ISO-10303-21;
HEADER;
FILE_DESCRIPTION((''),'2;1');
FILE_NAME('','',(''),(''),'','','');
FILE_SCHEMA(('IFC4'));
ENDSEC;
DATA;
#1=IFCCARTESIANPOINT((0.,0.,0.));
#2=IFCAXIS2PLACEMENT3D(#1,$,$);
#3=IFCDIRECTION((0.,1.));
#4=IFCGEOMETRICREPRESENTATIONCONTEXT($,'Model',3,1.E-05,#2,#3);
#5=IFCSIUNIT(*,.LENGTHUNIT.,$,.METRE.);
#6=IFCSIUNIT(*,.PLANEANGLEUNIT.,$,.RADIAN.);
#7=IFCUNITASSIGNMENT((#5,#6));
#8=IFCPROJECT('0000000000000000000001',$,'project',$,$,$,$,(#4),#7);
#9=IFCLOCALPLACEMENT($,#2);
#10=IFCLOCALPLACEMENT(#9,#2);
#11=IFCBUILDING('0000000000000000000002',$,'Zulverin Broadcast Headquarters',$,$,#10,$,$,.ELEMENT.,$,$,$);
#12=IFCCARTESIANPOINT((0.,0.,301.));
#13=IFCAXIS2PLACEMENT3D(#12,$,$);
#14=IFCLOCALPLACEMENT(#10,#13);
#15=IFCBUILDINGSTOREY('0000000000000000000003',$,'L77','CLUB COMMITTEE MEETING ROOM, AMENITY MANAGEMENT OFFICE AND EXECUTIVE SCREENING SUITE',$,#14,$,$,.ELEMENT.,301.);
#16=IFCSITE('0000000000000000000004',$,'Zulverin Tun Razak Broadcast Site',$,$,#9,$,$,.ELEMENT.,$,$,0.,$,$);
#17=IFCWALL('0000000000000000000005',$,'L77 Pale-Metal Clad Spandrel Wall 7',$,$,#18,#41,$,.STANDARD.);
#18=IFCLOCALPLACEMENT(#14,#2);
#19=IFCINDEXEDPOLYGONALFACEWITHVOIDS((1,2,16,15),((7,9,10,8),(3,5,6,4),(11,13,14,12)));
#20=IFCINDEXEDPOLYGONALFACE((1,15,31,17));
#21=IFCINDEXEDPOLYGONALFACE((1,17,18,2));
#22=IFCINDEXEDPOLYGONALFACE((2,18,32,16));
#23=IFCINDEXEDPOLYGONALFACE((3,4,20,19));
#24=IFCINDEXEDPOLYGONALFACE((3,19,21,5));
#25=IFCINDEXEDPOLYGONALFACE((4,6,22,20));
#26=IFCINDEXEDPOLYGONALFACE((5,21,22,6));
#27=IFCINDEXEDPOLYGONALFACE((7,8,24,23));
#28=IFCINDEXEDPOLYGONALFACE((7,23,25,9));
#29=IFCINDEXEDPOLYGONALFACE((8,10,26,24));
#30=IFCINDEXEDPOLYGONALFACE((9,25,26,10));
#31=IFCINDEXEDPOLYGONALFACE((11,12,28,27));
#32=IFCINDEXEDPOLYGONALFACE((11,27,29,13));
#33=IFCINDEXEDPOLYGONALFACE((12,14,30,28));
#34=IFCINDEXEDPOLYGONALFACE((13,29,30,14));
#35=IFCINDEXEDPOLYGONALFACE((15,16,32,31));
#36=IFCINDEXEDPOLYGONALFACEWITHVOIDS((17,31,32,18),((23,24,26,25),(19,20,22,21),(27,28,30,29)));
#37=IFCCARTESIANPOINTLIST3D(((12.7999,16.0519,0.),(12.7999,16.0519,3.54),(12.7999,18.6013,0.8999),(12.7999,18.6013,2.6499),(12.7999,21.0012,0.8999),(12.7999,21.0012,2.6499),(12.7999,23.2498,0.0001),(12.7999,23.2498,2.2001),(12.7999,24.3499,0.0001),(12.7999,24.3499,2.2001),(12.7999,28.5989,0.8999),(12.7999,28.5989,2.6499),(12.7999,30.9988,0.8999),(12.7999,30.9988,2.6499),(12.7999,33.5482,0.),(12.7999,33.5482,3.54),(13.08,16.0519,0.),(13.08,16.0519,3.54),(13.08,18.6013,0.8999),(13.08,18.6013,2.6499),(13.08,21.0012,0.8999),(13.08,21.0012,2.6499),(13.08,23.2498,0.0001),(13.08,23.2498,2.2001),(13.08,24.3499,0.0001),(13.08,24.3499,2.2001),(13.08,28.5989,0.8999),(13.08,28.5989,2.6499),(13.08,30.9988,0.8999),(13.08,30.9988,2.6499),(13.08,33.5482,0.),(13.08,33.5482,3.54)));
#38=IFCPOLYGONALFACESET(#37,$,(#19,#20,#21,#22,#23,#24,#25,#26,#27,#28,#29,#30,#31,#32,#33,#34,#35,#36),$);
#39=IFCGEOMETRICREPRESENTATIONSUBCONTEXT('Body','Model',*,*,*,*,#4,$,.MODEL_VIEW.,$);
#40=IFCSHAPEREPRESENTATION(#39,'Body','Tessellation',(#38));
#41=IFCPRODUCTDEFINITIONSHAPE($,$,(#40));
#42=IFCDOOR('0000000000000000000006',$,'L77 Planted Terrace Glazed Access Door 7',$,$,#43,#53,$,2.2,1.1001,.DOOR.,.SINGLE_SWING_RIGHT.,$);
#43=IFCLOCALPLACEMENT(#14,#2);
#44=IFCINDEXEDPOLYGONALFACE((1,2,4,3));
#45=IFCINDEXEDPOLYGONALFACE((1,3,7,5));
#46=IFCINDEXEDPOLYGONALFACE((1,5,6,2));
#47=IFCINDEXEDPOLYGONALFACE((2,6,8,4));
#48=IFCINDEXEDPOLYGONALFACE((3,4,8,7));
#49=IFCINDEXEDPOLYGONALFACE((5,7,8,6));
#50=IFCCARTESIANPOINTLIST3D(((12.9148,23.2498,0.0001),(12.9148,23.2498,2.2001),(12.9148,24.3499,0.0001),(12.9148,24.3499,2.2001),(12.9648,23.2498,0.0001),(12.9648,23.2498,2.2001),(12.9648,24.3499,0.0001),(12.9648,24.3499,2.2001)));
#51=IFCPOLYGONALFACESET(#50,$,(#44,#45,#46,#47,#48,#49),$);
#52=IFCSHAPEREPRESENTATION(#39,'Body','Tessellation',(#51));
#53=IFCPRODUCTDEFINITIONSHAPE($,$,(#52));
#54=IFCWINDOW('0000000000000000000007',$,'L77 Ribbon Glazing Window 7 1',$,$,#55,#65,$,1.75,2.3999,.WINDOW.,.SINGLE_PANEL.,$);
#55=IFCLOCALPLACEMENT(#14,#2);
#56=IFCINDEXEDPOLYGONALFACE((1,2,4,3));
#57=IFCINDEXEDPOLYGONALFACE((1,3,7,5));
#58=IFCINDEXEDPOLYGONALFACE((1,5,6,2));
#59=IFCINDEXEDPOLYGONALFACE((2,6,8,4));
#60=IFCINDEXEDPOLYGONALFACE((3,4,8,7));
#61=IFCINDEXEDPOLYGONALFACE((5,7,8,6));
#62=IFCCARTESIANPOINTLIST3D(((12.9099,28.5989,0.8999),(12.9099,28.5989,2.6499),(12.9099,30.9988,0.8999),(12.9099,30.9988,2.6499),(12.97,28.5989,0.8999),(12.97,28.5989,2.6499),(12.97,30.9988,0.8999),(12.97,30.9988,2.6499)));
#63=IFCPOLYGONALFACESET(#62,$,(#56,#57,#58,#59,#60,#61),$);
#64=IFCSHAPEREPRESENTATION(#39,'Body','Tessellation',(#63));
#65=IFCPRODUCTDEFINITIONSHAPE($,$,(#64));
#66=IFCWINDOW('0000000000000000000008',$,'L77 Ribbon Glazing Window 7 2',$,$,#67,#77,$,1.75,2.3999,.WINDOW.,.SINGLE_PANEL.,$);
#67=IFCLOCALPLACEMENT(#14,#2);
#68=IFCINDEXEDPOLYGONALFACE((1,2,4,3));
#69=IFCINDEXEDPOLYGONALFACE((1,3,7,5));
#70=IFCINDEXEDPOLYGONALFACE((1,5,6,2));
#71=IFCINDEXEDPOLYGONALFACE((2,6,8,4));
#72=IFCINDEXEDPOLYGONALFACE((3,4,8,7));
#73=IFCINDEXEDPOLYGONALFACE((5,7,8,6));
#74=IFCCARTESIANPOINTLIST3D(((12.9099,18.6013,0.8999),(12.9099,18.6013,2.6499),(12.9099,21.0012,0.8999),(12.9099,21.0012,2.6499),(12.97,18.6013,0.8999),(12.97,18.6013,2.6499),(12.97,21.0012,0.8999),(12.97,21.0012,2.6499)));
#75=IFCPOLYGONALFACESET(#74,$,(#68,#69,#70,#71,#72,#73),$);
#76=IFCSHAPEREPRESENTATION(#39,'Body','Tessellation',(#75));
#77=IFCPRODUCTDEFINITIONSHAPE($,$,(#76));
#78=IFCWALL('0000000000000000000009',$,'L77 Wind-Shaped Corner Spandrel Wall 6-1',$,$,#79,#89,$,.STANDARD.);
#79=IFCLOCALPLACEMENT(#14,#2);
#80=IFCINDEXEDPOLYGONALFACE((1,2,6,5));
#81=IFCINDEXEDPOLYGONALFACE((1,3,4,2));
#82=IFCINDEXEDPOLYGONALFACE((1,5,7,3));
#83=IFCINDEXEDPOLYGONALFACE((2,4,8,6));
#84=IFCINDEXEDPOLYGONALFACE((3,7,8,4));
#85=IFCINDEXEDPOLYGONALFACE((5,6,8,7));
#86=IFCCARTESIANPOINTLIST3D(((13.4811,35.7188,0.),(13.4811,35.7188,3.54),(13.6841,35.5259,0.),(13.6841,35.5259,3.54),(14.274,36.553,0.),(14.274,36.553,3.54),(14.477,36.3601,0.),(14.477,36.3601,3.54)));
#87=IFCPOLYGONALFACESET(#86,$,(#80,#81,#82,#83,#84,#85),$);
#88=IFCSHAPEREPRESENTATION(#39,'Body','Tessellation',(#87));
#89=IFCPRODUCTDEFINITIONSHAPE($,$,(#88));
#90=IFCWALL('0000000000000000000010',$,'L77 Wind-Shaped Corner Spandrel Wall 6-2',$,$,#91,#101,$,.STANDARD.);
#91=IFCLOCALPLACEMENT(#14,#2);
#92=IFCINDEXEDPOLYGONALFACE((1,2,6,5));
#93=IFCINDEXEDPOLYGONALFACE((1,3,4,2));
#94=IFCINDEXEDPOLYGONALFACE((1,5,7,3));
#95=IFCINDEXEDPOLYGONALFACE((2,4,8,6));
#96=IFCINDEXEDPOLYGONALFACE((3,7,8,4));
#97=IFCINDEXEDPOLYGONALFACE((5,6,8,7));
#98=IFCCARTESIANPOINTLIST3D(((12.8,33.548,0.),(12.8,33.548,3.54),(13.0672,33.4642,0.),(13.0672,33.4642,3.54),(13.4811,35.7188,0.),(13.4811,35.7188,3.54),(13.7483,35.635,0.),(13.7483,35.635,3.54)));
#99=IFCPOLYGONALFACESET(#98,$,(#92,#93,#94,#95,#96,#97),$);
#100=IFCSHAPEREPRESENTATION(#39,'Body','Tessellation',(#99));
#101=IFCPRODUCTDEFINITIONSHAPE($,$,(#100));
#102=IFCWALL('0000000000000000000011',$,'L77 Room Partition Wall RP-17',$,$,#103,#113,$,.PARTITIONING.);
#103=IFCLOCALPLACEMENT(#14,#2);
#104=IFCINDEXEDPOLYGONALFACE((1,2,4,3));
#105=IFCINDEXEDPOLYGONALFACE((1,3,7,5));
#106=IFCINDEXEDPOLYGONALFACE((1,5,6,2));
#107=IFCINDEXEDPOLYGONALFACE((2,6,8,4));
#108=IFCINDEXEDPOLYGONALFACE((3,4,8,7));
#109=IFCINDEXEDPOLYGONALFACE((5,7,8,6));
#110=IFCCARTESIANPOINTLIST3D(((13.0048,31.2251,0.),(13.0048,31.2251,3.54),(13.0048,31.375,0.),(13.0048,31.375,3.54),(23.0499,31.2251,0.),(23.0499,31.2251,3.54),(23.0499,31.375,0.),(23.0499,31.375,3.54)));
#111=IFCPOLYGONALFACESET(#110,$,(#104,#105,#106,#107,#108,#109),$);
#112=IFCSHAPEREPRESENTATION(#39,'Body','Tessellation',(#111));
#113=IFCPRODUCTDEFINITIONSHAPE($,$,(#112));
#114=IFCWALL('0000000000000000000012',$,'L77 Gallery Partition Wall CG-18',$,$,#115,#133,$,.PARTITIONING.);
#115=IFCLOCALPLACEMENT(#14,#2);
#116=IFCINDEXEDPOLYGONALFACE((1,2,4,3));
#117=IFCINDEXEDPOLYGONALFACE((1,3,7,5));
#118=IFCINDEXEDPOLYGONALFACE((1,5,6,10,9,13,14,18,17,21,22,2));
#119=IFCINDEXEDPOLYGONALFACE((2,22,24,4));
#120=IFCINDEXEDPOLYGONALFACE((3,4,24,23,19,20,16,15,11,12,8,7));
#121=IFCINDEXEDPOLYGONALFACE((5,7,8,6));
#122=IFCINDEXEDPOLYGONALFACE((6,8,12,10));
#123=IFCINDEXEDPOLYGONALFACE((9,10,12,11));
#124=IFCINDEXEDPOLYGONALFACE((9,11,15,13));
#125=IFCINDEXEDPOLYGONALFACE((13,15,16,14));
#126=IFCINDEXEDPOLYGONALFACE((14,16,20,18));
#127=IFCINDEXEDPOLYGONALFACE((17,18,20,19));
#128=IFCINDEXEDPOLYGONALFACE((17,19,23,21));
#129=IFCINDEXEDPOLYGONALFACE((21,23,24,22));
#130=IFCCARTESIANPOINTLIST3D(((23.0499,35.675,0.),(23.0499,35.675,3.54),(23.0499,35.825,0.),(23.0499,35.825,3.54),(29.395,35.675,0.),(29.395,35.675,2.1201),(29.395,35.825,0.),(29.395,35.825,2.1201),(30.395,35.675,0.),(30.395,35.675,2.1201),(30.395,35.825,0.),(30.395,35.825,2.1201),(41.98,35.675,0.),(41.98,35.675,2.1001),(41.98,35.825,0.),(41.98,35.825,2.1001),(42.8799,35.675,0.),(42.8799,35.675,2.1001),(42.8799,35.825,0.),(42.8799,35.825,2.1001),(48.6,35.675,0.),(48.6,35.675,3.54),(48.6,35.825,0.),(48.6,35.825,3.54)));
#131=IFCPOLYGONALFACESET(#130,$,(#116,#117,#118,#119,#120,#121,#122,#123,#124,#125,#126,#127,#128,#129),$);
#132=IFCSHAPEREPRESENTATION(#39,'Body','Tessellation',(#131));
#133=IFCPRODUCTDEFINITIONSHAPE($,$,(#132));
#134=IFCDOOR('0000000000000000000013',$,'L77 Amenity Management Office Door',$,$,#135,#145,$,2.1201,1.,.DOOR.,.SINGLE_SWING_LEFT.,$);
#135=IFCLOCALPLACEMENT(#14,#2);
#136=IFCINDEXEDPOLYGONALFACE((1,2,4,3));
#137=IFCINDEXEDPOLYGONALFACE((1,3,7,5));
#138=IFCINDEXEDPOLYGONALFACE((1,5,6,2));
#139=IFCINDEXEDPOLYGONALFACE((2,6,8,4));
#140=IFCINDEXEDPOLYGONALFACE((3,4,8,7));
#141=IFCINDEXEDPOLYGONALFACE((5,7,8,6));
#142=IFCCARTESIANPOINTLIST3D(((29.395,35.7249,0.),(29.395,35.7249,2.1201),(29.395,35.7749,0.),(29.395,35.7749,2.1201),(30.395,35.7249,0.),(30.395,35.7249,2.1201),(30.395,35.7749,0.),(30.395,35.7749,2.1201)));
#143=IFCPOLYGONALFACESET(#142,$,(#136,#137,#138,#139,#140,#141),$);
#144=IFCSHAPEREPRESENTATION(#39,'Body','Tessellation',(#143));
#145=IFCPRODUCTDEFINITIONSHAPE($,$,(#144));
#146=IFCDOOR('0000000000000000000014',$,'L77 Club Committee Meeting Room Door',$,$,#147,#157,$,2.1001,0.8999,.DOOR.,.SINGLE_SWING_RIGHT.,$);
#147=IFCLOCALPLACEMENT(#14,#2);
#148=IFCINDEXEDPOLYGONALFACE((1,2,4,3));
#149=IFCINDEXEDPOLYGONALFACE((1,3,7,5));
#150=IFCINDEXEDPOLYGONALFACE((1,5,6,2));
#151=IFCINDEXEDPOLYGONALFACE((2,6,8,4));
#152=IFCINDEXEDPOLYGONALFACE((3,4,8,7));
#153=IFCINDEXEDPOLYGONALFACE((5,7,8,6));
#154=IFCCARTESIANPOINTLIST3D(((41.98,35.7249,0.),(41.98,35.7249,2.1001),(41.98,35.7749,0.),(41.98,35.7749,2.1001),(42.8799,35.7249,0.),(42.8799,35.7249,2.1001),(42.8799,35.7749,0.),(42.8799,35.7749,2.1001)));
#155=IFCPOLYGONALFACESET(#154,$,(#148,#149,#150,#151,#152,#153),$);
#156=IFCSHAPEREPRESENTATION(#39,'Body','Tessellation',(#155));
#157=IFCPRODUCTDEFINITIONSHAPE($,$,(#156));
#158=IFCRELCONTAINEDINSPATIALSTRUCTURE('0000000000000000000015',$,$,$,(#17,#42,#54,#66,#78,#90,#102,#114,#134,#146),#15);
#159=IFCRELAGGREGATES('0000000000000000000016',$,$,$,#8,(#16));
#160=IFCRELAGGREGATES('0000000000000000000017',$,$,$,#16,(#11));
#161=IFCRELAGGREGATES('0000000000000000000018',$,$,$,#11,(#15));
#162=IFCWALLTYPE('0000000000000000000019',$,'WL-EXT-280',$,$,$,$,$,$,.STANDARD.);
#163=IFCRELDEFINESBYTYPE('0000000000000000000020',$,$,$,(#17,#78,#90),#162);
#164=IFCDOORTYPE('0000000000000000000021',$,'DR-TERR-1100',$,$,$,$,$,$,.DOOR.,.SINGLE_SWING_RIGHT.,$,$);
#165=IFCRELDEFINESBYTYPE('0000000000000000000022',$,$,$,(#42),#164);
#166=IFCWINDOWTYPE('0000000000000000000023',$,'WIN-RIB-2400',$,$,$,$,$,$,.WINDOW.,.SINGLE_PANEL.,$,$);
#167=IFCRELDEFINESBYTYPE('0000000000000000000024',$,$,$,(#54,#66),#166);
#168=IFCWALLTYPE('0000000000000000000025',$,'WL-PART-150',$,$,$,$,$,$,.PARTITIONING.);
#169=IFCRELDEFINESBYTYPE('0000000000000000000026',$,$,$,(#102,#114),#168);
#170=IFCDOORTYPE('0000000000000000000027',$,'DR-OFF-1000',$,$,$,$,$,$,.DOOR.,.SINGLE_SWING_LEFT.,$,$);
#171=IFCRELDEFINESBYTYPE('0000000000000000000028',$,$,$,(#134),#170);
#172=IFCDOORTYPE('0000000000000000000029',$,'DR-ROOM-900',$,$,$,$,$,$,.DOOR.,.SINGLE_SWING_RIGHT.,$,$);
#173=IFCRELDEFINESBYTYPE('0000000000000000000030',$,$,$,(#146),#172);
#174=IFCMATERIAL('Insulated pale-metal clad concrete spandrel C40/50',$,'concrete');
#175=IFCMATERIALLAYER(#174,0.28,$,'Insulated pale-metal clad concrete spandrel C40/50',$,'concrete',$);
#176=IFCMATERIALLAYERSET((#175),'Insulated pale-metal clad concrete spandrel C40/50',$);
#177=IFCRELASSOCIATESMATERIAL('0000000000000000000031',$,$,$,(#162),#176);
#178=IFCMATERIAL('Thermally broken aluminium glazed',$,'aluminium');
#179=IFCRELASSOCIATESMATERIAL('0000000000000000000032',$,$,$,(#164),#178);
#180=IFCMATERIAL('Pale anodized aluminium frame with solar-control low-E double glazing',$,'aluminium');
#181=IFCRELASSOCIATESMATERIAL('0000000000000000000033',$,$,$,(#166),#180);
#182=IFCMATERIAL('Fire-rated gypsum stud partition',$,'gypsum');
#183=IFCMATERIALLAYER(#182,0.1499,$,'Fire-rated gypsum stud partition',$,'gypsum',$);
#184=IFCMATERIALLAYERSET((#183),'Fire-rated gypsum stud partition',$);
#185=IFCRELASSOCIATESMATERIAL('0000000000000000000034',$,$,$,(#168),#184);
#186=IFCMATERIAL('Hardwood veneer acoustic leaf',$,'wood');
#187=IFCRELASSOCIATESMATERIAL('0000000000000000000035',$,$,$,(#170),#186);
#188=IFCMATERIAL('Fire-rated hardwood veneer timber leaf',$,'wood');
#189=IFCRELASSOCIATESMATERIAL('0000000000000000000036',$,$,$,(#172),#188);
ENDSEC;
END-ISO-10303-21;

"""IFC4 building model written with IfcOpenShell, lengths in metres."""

from ifc_helpers import new_model, si_unit, direction, frame, frame_2d, origin, place, context, subcontext, project, spatial, rectangle, extrude, material, layer, layer_set, type_object, element, fill, save


model = new_model("IFC4")

# Units and contexts
model_context = context("Model", 3, precision=1e-05, world=origin(), true_north=direction((0.0, 1.0)))
body_context = subcontext(model_context, "Body", "Model", "MODEL_VIEW")
ifc_project = project(units=[si_unit("LENGTHUNIT", "METRE"), si_unit("PLANEANGLEUNIT", "RADIAN")], contexts=[model_context])

# Site, building, storey
site_placement = place(None, origin())
site = spatial("IfcSite", under=ifc_project, at=site_placement, Name="Zulverin Tun Razak Broadcast Site", CompositionType="ELEMENT", RefElevation=0.0)
building_placement = place(site_placement, origin())
building = spatial("IfcBuilding", under=site, at=building_placement, Name="Zulverin Broadcast Headquarters", CompositionType="ELEMENT")
storey_placement = place(building_placement, frame((0.0, 0.0, 301.0)))
storey = spatial("IfcBuildingStorey", under=building, at=storey_placement, Name="L77", Description="CLUB COMMITTEE MEETING ROOM, AMENITY MANAGEMENT OFFICE AND EXECUTIVE SCREENING SUITE", CompositionType="ELEMENT", Elevation=301.0)

# Wall, openings, door, windows
ifc_material_1 = material(Name="Insulated pale-metal clad concrete spandrel C40/50", Category="concrete")
ifc_layer_1 = layer(ifc_material_1, 0.28, Name="Insulated pale-metal clad concrete spandrel C40/50", Category="concrete")
ifc_layer_set_1 = layer_set([ifc_layer_1], Name="Insulated pale-metal clad concrete spandrel C40/50")
wall_type_1 = type_object("IfcWallType", Name="WL-EXT-280", PredefinedType="STANDARD", material=ifc_layer_set_1)
wall_1_placement = place(storey_placement, frame((12.9399, 33.5481, 0.0), z_axis=(0.0, 0.0, 1.0), x_axis=(0.0, -1.0, 0.0)))
wall_1 = element("IfcWall", 1, at=wall_1_placement, inside=storey, type_object=wall_type_1, Name="L77 Pale-Metal Clad Spandrel Wall 7", PredefinedType="STANDARD", context=body_context, shape_type="SweptSolid", body=[
    extrude(rectangle(XDim=17.4963, YDim=0.28, at=frame_2d((8.748, 0.0))), origin(), (0.0, 0.0, 1.0), 3.54),
])
opening_1_placement = place(wall_1_placement, frame((9.1982, 0.0, 0.0)))
opening_1 = element("IfcOpeningElement", 2, at=opening_1_placement, cuts=wall_1, PredefinedType="OPENING", context=body_context, shape_type="SweptSolid", body=[
    extrude(rectangle(XDim=1.1001, YDim=2.2, at=frame_2d((0.55, 1.1001))), frame((0.0, 0.1499, 0.0), z_axis=(0.0, -1.0, 0.0), x_axis=(1.0, 0.0, 0.0)), (0.0, 0.0, 1.0), 0.3),
])
opening_2_placement = place(wall_1_placement, frame((2.5493, 0.0, 0.8999)))
opening_2 = element("IfcOpeningElement", 3, at=opening_2_placement, cuts=wall_1, PredefinedType="OPENING", context=body_context, shape_type="SweptSolid", body=[
    extrude(rectangle(XDim=2.3999, YDim=1.75, at=frame_2d((1.2, 0.875))), frame((0.0, 0.1499, 0.0), z_axis=(0.0, -1.0, 0.0), x_axis=(1.0, 0.0, 0.0)), (0.0, 0.0, 1.0), 0.3),
])
opening_3_placement = place(wall_1_placement, frame((12.5469, 0.0, 0.8999)))
opening_3 = element("IfcOpeningElement", 4, at=opening_3_placement, cuts=wall_1, PredefinedType="OPENING", context=body_context, shape_type="SweptSolid", body=[
    extrude(rectangle(XDim=2.3999, YDim=1.75, at=frame_2d((1.2, 0.875))), frame((0.0, 0.1499, 0.0), z_axis=(0.0, -1.0, 0.0), x_axis=(1.0, 0.0, 0.0)), (0.0, 0.0, 1.0), 0.3),
])
ifc_material_2 = material(Name="Thermally broken aluminium glazed", Category="aluminium")
door_type_1 = type_object("IfcDoorType", Name="DR-TERR-1100", OperationType="SINGLE_SWING_RIGHT", PredefinedType="DOOR", material=ifc_material_2)
door_1_placement = place(opening_1_placement, origin())
door_1 = element("IfcDoor", 5, at=door_1_placement, inside=storey, type_object=door_type_1, Name="L77 Planted Terrace Glazed Access Door 7", OperationType="SINGLE_SWING_RIGHT", OverallHeight=2.2, OverallWidth=1.1001, PredefinedType="DOOR", context=body_context, shape_type="SweptSolid", body=[
    extrude(rectangle(XDim=1.1001, YDim=2.2, at=frame_2d((0.55, 1.1001))), frame((0.0, 0.0249, 0.0), z_axis=(0.0, -1.0, 0.0), x_axis=(1.0, 0.0, 0.0)), (0.0, 0.0, 1.0), 0.05),
])
fill(opening_1, door_1)
ifc_material_3 = material(Name="Pale anodized aluminium frame with solar-control low-E double glazing", Category="aluminium")
window_type = type_object("IfcWindowType", Name="WIN-RIB-2400", PartitioningType="SINGLE_PANEL", PredefinedType="WINDOW", material=ifc_material_3)
window_1_placement = place(opening_2_placement, origin())
window_1 = element("IfcWindow", 6, at=window_1_placement, inside=storey, type_object=window_type, Name="L77 Ribbon Glazing Window 7 1", OverallHeight=1.75, OverallWidth=2.3999, PartitioningType="SINGLE_PANEL", PredefinedType="WINDOW", context=body_context, shape_type="SweptSolid", body=[
    extrude(rectangle(XDim=2.3999, YDim=1.75, at=frame_2d((1.2, 0.875))), frame((0.0, 0.03, 0.0), z_axis=(0.0, -1.0, 0.0), x_axis=(1.0, 0.0, 0.0)), (0.0, 0.0, 1.0), 0.0601),
])
fill(opening_2, window_1)
window_2_placement = place(opening_3_placement, origin())
window_2 = element("IfcWindow", 7, at=window_2_placement, inside=storey, type_object=window_type, Name="L77 Ribbon Glazing Window 7 2", OverallHeight=1.75, OverallWidth=2.3999, PartitioningType="SINGLE_PANEL", PredefinedType="WINDOW", context=body_context, shape_type="SweptSolid", body=[
    extrude(rectangle(XDim=2.3999, YDim=1.75, at=frame_2d((1.2, 0.875))), frame((0.0, 0.03, 0.0), z_axis=(0.0, -1.0, 0.0), x_axis=(1.0, 0.0, 0.0)), (0.0, 0.0, 1.0), 0.0601),
])
fill(opening_3, window_2)

# Walls
wall_2_placement = place(storey_placement, frame((14.3755, 36.4565, 0.0), z_axis=(0.0, 0.0, 1.0), x_axis=(-0.688956, -0.724803, 0.0)))
element("IfcWall", 8, at=wall_2_placement, inside=storey, type_object=wall_type_1, Name="L77 Wind-Shaped Corner Spandrel Wall 6-1", PredefinedType="STANDARD", context=body_context, shape_type="SweptSolid", body=[
    extrude(rectangle(XDim=1.1509, YDim=0.28, at=frame_2d((0.5754, 0.0))), origin(), (0.0, 0.0, 1.0), 3.54),
])
wall_3_placement = place(storey_placement, frame((13.6147, 35.677, 0.0), z_axis=(0.0, 0.0, 1.0), x_axis=(-0.299375, -0.954136, 0.0)))
element("IfcWall", 9, at=wall_3_placement, inside=storey, type_object=wall_type_1, Name="L77 Wind-Shaped Corner Spandrel Wall 6-2", PredefinedType="STANDARD", context=body_context, shape_type="SweptSolid", body=[
    extrude(rectangle(XDim=2.2751, YDim=0.28, at=frame_2d((1.1377, 0.0))), origin(), (0.0, 0.0, 1.0), 3.54),
])
ifc_material_4 = material(Name="Fire-rated gypsum stud partition", Category="gypsum")
ifc_layer_2 = layer(ifc_material_4, 0.1499, Name="Fire-rated gypsum stud partition", Category="gypsum")
ifc_layer_set_2 = layer_set([ifc_layer_2], Name="Fire-rated gypsum stud partition")
wall_type_2 = type_object("IfcWallType", Name="WL-PART-150", PredefinedType="PARTITIONING", material=ifc_layer_set_2)
wall_4_placement = place(storey_placement, frame((13.0049, 31.3, 0.0), z_axis=(0.0, 0.0, 1.0), x_axis=(1.0, 0.0, 0.0)))
element("IfcWall", 10, at=wall_4_placement, inside=storey, type_object=wall_type_2, Name="L77 Room Partition Wall RP-17", PredefinedType="PARTITIONING", context=body_context, shape_type="SweptSolid", body=[
    extrude(rectangle(XDim=10.0452, YDim=0.1499, at=frame_2d((5.0225, 0.0))), origin(), (0.0, 0.0, 1.0), 3.54),
])

# Wall, openings, doors
wall_5_placement = place(storey_placement, frame((23.05, 35.75, 0.0), z_axis=(0.0, 0.0, 1.0), x_axis=(1.0, 0.0, 0.0)))
wall_5 = element("IfcWall", 11, at=wall_5_placement, inside=storey, type_object=wall_type_2, Name="L77 Gallery Partition Wall CG-18", PredefinedType="PARTITIONING", context=body_context, shape_type="SweptSolid", body=[
    extrude(rectangle(XDim=25.55, YDim=0.1499, at=frame_2d((12.7749, 0.0))), origin(), (0.0, 0.0, 1.0), 3.54),
])
opening_4_placement = place(wall_5_placement, frame((6.345, 0.0, 0.0)))
opening_4 = element("IfcOpeningElement", 12, at=opening_4_placement, cuts=wall_5, PredefinedType="OPENING", context=body_context, shape_type="SweptSolid", body=[
    extrude(rectangle(XDim=1.0, YDim=2.1201, at=frame_2d((0.5, 1.0601))), frame((0.0, 0.085, 0.0), z_axis=(0.0, -1.0, 0.0), x_axis=(1.0, 0.0, 0.0)), (0.0, 0.0, 1.0), 0.1699),
])
opening_5_placement = place(wall_5_placement, frame((18.9299, 0.0, 0.0)))
opening_5 = element("IfcOpeningElement", 13, at=opening_5_placement, cuts=wall_5, PredefinedType="OPENING", context=body_context, shape_type="SweptSolid", body=[
    extrude(rectangle(XDim=0.8999, YDim=2.1001, at=frame_2d((0.45, 1.05))), frame((0.0, 0.085, 0.0), z_axis=(0.0, -1.0, 0.0), x_axis=(1.0, 0.0, 0.0)), (0.0, 0.0, 1.0), 0.1699),
])
ifc_material_5 = material(Name="Hardwood veneer acoustic leaf", Category="wood")
door_type_2 = type_object("IfcDoorType", Name="DR-OFF-1000", OperationType="SINGLE_SWING_LEFT", PredefinedType="DOOR", material=ifc_material_5)
door_2_placement = place(opening_4_placement, origin())
door_2 = element("IfcDoor", 14, at=door_2_placement, inside=storey, type_object=door_type_2, Name="L77 Amenity Management Office Door", OperationType="SINGLE_SWING_LEFT", OverallHeight=2.1201, OverallWidth=1.0, PredefinedType="DOOR", context=body_context, shape_type="SweptSolid", body=[
    extrude(rectangle(XDim=1.0, YDim=2.1201, at=frame_2d((0.5, 1.0601))), frame((0.0, 0.0249, 0.0), z_axis=(0.0, -1.0, 0.0), x_axis=(1.0, 0.0, 0.0)), (0.0, 0.0, 1.0), 0.05),
])
fill(opening_4, door_2)
ifc_material_6 = material(Name="Fire-rated hardwood veneer timber leaf", Category="wood")
door_type_3 = type_object("IfcDoorType", Name="DR-ROOM-900", OperationType="SINGLE_SWING_RIGHT", PredefinedType="DOOR", material=ifc_material_6)
door_3_placement = place(opening_5_placement, origin())
door_3 = element("IfcDoor", 15, at=door_3_placement, inside=storey, type_object=door_type_3, Name="L77 Club Committee Meeting Room Door", OperationType="SINGLE_SWING_RIGHT", OverallHeight=2.1001, OverallWidth=0.8999, PredefinedType="DOOR", context=body_context, shape_type="SweptSolid", body=[
    extrude(rectangle(XDim=0.8999, YDim=2.1001, at=frame_2d((0.45, 1.05))), frame((0.0, 0.0249, 0.0), z_axis=(0.0, -1.0, 0.0), x_axis=(1.0, 0.0, 0.0)), (0.0, 0.0, 1.0), 0.05),
])
fill(opening_5, door_3)

save(model, "model.ifc")
